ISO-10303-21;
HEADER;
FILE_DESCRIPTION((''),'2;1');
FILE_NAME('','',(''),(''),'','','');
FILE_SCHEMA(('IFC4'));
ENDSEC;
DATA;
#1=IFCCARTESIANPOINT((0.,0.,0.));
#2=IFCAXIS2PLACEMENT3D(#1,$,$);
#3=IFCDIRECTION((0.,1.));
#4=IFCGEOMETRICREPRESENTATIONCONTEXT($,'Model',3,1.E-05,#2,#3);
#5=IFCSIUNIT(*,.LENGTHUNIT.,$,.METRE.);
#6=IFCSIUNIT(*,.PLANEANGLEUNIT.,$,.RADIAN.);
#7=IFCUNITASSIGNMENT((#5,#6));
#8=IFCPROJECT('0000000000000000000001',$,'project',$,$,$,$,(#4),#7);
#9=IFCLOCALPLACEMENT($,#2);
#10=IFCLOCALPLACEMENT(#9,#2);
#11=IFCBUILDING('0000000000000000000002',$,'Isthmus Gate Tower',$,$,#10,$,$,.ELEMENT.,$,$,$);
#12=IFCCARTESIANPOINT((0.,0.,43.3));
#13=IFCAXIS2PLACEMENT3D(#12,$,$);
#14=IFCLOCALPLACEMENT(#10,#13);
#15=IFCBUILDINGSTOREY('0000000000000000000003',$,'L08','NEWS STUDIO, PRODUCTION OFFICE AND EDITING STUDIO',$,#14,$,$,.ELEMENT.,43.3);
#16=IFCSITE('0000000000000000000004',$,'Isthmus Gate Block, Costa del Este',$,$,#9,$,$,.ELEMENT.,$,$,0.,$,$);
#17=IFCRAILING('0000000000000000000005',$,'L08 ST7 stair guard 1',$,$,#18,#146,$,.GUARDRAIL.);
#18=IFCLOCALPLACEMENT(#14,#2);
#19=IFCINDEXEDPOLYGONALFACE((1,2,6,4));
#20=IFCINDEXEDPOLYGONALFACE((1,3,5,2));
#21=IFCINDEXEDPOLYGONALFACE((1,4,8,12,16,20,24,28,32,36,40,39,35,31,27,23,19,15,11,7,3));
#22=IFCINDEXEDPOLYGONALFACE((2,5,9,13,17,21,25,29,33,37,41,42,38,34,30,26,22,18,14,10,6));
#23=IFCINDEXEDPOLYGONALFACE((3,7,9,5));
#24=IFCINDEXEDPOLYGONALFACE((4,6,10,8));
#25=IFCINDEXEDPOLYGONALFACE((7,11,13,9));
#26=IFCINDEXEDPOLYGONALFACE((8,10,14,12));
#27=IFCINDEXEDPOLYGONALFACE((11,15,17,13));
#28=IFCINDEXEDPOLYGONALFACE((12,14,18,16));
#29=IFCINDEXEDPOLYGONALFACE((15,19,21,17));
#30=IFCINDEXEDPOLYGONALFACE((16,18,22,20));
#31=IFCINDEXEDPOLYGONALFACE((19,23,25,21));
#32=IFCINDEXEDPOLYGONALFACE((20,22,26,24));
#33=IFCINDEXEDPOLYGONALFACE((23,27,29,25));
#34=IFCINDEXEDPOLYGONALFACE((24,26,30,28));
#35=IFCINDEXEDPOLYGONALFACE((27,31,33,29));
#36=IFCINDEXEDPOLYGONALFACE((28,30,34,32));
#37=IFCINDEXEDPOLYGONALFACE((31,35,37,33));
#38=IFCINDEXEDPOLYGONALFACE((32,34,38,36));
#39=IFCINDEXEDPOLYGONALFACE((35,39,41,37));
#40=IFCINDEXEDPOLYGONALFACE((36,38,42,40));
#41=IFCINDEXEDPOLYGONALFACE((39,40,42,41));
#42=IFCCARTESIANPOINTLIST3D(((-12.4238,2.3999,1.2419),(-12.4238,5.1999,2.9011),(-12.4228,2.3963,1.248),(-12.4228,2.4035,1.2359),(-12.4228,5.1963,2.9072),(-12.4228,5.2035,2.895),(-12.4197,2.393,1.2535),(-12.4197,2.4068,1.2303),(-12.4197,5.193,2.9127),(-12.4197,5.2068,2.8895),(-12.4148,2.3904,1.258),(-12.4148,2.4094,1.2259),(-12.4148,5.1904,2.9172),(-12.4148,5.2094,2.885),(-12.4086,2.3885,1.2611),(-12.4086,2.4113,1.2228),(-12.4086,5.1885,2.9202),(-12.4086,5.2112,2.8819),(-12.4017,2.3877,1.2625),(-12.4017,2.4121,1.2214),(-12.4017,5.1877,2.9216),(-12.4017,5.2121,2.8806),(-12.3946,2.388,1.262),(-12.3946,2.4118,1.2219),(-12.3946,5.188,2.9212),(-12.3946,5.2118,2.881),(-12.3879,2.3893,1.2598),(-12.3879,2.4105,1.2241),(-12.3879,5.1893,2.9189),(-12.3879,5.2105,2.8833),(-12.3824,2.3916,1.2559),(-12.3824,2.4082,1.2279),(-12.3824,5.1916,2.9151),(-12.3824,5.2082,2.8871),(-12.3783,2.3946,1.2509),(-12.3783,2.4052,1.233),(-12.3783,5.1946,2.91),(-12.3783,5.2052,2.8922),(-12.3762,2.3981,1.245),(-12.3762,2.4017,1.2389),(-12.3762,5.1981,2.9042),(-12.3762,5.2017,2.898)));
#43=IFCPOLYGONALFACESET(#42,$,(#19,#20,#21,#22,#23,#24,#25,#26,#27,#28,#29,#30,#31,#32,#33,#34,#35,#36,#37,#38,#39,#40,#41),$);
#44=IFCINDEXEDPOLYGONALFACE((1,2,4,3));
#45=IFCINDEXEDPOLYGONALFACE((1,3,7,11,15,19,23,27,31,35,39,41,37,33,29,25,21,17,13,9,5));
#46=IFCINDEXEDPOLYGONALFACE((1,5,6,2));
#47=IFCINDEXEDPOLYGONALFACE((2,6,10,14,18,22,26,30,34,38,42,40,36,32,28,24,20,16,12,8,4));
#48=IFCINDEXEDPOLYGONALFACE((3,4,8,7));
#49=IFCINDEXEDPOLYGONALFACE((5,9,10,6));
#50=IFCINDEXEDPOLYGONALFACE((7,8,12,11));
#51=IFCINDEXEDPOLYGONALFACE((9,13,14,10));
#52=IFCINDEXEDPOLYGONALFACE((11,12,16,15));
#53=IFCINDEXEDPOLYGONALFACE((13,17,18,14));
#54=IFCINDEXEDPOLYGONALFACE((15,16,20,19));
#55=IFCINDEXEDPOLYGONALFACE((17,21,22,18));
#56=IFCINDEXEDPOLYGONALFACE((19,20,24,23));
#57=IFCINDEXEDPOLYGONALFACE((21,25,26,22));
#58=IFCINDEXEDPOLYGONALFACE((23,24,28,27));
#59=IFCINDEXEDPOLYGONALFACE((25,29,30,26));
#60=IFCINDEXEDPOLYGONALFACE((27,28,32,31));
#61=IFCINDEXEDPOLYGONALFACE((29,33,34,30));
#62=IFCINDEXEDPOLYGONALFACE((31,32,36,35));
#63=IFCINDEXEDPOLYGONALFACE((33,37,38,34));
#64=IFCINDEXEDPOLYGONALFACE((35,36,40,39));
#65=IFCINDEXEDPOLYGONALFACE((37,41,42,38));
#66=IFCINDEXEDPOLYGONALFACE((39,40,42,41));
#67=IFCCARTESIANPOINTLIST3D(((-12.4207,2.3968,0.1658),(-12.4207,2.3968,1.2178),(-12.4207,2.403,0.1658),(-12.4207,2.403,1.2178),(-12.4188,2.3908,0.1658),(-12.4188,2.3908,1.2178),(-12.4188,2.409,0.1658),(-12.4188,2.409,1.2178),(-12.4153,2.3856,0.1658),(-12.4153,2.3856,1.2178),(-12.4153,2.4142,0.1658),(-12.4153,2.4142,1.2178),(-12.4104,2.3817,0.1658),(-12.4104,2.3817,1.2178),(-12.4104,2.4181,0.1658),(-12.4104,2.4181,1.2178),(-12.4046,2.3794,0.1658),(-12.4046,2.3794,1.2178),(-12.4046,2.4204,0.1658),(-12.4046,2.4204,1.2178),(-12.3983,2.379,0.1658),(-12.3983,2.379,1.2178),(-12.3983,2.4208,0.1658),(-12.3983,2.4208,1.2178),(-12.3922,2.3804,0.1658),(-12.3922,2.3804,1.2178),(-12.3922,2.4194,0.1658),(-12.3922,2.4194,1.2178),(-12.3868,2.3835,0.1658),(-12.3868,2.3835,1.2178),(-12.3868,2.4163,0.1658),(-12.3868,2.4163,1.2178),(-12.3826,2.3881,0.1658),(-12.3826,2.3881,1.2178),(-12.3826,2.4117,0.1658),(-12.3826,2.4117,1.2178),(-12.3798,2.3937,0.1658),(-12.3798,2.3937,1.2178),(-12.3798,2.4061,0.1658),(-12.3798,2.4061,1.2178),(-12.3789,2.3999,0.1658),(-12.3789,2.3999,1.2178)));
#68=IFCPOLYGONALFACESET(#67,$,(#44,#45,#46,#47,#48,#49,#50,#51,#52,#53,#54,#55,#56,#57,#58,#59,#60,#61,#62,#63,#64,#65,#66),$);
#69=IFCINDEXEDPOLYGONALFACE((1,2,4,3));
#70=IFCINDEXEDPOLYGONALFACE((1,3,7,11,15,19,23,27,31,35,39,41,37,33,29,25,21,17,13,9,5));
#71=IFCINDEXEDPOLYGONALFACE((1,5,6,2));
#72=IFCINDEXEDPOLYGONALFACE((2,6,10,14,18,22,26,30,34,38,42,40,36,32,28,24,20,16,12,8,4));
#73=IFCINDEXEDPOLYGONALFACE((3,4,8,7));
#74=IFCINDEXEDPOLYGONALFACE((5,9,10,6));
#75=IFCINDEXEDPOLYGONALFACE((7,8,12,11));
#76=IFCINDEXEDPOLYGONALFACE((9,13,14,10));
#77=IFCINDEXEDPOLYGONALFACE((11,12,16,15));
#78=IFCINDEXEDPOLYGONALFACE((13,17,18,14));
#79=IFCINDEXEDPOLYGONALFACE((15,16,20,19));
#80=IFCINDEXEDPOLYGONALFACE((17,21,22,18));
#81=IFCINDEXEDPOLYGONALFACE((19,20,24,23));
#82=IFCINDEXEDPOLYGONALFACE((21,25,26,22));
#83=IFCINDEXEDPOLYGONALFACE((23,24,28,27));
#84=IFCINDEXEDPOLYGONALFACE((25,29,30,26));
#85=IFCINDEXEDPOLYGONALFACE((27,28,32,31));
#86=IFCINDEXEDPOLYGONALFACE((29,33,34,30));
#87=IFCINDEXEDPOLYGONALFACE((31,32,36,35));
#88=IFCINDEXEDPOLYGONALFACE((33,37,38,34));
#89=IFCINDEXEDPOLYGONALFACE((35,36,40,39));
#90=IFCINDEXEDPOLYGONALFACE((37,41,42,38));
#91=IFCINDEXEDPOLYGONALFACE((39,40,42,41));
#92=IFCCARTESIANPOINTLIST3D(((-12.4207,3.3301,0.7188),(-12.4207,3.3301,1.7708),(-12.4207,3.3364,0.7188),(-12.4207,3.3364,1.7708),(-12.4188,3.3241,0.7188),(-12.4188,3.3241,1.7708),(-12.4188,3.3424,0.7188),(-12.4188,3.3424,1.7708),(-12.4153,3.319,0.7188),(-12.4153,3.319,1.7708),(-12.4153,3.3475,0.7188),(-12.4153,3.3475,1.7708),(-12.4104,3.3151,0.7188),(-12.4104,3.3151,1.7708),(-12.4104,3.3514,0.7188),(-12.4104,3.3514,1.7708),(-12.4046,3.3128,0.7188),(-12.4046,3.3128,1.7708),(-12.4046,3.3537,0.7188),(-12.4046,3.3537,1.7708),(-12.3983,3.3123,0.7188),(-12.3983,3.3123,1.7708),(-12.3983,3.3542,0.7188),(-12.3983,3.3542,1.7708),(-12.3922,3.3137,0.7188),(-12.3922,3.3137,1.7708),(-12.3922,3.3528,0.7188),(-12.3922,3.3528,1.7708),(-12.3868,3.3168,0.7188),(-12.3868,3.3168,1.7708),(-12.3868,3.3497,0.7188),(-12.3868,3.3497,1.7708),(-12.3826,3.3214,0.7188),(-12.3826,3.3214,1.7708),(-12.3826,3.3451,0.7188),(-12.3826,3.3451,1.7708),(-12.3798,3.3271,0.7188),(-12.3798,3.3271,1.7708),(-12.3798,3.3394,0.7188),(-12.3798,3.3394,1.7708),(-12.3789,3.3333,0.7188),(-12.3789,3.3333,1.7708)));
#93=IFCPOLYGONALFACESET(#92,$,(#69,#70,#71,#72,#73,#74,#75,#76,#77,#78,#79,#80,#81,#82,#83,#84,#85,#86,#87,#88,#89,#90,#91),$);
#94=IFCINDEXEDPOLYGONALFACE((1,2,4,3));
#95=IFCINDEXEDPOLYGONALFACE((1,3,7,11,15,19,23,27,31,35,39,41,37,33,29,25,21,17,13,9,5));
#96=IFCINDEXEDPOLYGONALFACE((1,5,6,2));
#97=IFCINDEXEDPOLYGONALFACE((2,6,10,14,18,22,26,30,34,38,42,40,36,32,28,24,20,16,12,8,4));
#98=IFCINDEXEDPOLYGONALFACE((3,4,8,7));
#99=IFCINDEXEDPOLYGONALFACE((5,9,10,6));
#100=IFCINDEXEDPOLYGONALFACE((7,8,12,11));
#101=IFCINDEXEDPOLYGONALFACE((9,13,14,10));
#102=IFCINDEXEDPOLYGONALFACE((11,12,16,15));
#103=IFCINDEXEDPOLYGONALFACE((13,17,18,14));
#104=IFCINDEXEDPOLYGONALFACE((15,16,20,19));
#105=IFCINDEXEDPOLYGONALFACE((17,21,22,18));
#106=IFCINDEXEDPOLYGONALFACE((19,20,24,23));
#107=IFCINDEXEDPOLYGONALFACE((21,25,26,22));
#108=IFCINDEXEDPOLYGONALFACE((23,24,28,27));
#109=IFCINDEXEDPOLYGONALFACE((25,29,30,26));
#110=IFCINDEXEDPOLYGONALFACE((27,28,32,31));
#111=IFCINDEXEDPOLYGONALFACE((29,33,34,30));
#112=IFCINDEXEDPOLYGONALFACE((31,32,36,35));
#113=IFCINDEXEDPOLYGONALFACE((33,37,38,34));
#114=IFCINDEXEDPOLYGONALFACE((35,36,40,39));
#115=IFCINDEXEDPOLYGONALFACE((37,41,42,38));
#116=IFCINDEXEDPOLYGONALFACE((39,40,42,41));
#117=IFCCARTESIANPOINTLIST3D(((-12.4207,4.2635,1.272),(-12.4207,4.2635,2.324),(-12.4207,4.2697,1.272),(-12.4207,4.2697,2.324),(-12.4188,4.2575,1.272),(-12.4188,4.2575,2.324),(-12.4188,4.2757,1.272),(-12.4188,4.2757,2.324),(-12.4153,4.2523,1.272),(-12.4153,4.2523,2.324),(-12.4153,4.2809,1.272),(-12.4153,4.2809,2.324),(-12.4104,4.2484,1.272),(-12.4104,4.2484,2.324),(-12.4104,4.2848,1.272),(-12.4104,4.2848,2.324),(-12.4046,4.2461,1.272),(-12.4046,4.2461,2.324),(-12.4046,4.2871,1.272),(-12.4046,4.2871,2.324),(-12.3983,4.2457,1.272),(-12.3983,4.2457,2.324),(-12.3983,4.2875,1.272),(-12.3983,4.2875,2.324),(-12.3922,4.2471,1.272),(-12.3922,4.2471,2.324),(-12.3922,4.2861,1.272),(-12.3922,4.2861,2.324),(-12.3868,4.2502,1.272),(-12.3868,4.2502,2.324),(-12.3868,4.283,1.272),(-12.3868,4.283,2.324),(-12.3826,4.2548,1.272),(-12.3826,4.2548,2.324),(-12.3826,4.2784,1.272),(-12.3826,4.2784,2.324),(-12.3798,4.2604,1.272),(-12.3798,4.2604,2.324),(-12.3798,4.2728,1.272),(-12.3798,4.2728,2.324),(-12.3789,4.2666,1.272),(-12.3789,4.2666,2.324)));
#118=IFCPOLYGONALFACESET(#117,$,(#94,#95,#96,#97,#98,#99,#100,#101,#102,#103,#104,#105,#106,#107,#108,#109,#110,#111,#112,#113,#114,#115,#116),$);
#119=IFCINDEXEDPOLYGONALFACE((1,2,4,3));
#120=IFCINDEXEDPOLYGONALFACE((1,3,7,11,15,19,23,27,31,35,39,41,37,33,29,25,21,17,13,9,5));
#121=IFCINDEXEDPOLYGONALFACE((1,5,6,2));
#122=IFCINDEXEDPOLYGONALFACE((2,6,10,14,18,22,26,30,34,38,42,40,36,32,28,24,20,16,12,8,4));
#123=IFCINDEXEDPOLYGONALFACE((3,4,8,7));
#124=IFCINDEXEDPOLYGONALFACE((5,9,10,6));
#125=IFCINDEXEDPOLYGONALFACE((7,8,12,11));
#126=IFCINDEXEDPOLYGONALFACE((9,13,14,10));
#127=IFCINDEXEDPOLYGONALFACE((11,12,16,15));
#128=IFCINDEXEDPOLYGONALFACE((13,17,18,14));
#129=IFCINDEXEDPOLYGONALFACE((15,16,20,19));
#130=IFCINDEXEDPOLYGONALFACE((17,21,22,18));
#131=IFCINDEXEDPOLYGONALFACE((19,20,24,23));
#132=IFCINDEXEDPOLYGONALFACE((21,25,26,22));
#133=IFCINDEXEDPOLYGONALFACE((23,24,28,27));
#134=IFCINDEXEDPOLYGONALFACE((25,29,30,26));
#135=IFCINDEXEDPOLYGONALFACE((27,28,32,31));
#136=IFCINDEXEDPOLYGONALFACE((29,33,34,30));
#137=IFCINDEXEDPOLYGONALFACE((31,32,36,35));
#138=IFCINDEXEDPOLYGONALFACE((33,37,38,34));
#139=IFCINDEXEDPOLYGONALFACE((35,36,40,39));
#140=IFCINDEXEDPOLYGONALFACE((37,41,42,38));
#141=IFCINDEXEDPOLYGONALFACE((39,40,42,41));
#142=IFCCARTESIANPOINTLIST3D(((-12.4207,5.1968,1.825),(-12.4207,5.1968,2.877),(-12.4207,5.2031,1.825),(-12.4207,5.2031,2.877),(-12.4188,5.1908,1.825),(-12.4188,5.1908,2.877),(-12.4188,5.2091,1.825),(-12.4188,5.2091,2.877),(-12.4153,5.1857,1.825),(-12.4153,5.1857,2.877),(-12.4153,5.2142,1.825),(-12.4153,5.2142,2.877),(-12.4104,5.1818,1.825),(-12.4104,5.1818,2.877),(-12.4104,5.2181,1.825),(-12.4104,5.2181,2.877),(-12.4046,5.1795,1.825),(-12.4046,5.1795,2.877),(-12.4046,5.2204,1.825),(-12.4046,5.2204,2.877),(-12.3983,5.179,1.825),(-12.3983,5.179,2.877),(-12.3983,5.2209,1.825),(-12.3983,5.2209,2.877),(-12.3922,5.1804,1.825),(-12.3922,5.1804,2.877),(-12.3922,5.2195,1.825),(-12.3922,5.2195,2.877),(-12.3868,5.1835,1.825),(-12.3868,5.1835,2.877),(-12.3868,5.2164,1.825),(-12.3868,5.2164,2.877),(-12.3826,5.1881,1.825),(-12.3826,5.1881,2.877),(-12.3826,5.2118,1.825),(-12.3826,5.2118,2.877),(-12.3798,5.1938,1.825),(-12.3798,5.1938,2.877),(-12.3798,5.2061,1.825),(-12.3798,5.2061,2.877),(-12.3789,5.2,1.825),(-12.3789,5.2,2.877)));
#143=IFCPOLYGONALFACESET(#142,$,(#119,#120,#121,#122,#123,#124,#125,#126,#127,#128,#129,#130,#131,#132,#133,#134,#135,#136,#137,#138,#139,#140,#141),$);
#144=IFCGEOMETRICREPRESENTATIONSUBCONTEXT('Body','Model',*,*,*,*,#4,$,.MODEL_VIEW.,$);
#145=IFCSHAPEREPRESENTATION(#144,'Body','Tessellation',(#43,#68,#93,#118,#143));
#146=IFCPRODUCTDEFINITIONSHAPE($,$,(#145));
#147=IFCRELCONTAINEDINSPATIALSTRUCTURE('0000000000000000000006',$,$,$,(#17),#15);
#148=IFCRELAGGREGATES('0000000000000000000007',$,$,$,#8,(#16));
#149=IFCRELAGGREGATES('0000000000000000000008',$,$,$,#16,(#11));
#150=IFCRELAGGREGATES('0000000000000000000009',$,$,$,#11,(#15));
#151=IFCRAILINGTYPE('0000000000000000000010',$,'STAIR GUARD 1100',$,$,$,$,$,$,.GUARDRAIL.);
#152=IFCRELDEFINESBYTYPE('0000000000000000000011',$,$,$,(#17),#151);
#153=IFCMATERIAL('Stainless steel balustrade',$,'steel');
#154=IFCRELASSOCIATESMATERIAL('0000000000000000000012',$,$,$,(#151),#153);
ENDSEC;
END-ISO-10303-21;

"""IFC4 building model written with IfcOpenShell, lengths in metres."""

from ifc_helpers import new_model, si_unit, direction, frame, origin, origin_2d, place, context, subcontext, project, spatial, circle, extrude, material, type_object, element, save


model = new_model("IFC4")

# Units and contexts
model_context = context("Model", 3, precision=1e-05, world=origin(), true_north=direction((0.0, 1.0)))
body_context = subcontext(model_context, "Body", "Model", "MODEL_VIEW")
ifc_project = project(units=[si_unit("LENGTHUNIT", "METRE"), si_unit("PLANEANGLEUNIT", "RADIAN")], contexts=[model_context])

# Site, building, storey
site_placement = place(None, origin())
site = spatial("IfcSite", under=ifc_project, at=site_placement, Name="Isthmus Gate Block, Costa del Este", CompositionType="ELEMENT", RefElevation=0.0)
building_placement = place(site_placement, origin())
building = spatial("IfcBuilding", under=site, at=building_placement, Name="Isthmus Gate Tower", CompositionType="ELEMENT")
storey_placement = place(building_placement, frame((0.0, 0.0, 43.3)))
storey = spatial("IfcBuildingStorey", under=building, at=storey_placement, Name="L08", Description="NEWS STUDIO, PRODUCTION OFFICE AND EDITING STUDIO", CompositionType="ELEMENT", Elevation=43.3)

# Railing
ifc_material_1 = material(Name="Stainless steel balustrade", Category="steel")
railing_type_1 = type_object("IfcRailingType", Name="STAIR GUARD 1100", PredefinedType="GUARDRAIL", material=ifc_material_1)
railing_1_placement = place(storey_placement, frame((-12.3999, 2.3999, 0.1658)))
element("IfcRailing", 1, at=railing_1_placement, inside=storey, type_object=railing_type_1, Name="L08 ST7 stair guard 1", PredefinedType="GUARDRAIL", context=body_context, shape_type="SweptSolid", body=[
    extrude(circle(Radius=0.0239, at=origin_2d()), frame((0.0, 0.0, 1.0762), z_axis=(0.0, 0.860306, 0.509778), x_axis=(-1.0, 0.0, 0.0)), (0.0, 0.0, 1.0), 3.2546),
    extrude(circle(Radius=0.021, at=origin_2d()), origin(), (0.0, 0.0, 1.0), 1.052),
    extrude(circle(Radius=0.021, at=origin_2d()), frame((0.0, 0.9333, 0.553)), (0.0, 0.0, 1.0), 1.052),
    extrude(circle(Radius=0.021, at=origin_2d()), frame((0.0, 1.8667, 1.1062)), (0.0, 0.0, 1.0), 1.052),
    extrude(circle(Radius=0.021, at=origin_2d()), frame((0.0, 2.8, 1.6592)), (0.0, 0.0, 1.0), 1.052),
])

save(model, "model.ifc")
